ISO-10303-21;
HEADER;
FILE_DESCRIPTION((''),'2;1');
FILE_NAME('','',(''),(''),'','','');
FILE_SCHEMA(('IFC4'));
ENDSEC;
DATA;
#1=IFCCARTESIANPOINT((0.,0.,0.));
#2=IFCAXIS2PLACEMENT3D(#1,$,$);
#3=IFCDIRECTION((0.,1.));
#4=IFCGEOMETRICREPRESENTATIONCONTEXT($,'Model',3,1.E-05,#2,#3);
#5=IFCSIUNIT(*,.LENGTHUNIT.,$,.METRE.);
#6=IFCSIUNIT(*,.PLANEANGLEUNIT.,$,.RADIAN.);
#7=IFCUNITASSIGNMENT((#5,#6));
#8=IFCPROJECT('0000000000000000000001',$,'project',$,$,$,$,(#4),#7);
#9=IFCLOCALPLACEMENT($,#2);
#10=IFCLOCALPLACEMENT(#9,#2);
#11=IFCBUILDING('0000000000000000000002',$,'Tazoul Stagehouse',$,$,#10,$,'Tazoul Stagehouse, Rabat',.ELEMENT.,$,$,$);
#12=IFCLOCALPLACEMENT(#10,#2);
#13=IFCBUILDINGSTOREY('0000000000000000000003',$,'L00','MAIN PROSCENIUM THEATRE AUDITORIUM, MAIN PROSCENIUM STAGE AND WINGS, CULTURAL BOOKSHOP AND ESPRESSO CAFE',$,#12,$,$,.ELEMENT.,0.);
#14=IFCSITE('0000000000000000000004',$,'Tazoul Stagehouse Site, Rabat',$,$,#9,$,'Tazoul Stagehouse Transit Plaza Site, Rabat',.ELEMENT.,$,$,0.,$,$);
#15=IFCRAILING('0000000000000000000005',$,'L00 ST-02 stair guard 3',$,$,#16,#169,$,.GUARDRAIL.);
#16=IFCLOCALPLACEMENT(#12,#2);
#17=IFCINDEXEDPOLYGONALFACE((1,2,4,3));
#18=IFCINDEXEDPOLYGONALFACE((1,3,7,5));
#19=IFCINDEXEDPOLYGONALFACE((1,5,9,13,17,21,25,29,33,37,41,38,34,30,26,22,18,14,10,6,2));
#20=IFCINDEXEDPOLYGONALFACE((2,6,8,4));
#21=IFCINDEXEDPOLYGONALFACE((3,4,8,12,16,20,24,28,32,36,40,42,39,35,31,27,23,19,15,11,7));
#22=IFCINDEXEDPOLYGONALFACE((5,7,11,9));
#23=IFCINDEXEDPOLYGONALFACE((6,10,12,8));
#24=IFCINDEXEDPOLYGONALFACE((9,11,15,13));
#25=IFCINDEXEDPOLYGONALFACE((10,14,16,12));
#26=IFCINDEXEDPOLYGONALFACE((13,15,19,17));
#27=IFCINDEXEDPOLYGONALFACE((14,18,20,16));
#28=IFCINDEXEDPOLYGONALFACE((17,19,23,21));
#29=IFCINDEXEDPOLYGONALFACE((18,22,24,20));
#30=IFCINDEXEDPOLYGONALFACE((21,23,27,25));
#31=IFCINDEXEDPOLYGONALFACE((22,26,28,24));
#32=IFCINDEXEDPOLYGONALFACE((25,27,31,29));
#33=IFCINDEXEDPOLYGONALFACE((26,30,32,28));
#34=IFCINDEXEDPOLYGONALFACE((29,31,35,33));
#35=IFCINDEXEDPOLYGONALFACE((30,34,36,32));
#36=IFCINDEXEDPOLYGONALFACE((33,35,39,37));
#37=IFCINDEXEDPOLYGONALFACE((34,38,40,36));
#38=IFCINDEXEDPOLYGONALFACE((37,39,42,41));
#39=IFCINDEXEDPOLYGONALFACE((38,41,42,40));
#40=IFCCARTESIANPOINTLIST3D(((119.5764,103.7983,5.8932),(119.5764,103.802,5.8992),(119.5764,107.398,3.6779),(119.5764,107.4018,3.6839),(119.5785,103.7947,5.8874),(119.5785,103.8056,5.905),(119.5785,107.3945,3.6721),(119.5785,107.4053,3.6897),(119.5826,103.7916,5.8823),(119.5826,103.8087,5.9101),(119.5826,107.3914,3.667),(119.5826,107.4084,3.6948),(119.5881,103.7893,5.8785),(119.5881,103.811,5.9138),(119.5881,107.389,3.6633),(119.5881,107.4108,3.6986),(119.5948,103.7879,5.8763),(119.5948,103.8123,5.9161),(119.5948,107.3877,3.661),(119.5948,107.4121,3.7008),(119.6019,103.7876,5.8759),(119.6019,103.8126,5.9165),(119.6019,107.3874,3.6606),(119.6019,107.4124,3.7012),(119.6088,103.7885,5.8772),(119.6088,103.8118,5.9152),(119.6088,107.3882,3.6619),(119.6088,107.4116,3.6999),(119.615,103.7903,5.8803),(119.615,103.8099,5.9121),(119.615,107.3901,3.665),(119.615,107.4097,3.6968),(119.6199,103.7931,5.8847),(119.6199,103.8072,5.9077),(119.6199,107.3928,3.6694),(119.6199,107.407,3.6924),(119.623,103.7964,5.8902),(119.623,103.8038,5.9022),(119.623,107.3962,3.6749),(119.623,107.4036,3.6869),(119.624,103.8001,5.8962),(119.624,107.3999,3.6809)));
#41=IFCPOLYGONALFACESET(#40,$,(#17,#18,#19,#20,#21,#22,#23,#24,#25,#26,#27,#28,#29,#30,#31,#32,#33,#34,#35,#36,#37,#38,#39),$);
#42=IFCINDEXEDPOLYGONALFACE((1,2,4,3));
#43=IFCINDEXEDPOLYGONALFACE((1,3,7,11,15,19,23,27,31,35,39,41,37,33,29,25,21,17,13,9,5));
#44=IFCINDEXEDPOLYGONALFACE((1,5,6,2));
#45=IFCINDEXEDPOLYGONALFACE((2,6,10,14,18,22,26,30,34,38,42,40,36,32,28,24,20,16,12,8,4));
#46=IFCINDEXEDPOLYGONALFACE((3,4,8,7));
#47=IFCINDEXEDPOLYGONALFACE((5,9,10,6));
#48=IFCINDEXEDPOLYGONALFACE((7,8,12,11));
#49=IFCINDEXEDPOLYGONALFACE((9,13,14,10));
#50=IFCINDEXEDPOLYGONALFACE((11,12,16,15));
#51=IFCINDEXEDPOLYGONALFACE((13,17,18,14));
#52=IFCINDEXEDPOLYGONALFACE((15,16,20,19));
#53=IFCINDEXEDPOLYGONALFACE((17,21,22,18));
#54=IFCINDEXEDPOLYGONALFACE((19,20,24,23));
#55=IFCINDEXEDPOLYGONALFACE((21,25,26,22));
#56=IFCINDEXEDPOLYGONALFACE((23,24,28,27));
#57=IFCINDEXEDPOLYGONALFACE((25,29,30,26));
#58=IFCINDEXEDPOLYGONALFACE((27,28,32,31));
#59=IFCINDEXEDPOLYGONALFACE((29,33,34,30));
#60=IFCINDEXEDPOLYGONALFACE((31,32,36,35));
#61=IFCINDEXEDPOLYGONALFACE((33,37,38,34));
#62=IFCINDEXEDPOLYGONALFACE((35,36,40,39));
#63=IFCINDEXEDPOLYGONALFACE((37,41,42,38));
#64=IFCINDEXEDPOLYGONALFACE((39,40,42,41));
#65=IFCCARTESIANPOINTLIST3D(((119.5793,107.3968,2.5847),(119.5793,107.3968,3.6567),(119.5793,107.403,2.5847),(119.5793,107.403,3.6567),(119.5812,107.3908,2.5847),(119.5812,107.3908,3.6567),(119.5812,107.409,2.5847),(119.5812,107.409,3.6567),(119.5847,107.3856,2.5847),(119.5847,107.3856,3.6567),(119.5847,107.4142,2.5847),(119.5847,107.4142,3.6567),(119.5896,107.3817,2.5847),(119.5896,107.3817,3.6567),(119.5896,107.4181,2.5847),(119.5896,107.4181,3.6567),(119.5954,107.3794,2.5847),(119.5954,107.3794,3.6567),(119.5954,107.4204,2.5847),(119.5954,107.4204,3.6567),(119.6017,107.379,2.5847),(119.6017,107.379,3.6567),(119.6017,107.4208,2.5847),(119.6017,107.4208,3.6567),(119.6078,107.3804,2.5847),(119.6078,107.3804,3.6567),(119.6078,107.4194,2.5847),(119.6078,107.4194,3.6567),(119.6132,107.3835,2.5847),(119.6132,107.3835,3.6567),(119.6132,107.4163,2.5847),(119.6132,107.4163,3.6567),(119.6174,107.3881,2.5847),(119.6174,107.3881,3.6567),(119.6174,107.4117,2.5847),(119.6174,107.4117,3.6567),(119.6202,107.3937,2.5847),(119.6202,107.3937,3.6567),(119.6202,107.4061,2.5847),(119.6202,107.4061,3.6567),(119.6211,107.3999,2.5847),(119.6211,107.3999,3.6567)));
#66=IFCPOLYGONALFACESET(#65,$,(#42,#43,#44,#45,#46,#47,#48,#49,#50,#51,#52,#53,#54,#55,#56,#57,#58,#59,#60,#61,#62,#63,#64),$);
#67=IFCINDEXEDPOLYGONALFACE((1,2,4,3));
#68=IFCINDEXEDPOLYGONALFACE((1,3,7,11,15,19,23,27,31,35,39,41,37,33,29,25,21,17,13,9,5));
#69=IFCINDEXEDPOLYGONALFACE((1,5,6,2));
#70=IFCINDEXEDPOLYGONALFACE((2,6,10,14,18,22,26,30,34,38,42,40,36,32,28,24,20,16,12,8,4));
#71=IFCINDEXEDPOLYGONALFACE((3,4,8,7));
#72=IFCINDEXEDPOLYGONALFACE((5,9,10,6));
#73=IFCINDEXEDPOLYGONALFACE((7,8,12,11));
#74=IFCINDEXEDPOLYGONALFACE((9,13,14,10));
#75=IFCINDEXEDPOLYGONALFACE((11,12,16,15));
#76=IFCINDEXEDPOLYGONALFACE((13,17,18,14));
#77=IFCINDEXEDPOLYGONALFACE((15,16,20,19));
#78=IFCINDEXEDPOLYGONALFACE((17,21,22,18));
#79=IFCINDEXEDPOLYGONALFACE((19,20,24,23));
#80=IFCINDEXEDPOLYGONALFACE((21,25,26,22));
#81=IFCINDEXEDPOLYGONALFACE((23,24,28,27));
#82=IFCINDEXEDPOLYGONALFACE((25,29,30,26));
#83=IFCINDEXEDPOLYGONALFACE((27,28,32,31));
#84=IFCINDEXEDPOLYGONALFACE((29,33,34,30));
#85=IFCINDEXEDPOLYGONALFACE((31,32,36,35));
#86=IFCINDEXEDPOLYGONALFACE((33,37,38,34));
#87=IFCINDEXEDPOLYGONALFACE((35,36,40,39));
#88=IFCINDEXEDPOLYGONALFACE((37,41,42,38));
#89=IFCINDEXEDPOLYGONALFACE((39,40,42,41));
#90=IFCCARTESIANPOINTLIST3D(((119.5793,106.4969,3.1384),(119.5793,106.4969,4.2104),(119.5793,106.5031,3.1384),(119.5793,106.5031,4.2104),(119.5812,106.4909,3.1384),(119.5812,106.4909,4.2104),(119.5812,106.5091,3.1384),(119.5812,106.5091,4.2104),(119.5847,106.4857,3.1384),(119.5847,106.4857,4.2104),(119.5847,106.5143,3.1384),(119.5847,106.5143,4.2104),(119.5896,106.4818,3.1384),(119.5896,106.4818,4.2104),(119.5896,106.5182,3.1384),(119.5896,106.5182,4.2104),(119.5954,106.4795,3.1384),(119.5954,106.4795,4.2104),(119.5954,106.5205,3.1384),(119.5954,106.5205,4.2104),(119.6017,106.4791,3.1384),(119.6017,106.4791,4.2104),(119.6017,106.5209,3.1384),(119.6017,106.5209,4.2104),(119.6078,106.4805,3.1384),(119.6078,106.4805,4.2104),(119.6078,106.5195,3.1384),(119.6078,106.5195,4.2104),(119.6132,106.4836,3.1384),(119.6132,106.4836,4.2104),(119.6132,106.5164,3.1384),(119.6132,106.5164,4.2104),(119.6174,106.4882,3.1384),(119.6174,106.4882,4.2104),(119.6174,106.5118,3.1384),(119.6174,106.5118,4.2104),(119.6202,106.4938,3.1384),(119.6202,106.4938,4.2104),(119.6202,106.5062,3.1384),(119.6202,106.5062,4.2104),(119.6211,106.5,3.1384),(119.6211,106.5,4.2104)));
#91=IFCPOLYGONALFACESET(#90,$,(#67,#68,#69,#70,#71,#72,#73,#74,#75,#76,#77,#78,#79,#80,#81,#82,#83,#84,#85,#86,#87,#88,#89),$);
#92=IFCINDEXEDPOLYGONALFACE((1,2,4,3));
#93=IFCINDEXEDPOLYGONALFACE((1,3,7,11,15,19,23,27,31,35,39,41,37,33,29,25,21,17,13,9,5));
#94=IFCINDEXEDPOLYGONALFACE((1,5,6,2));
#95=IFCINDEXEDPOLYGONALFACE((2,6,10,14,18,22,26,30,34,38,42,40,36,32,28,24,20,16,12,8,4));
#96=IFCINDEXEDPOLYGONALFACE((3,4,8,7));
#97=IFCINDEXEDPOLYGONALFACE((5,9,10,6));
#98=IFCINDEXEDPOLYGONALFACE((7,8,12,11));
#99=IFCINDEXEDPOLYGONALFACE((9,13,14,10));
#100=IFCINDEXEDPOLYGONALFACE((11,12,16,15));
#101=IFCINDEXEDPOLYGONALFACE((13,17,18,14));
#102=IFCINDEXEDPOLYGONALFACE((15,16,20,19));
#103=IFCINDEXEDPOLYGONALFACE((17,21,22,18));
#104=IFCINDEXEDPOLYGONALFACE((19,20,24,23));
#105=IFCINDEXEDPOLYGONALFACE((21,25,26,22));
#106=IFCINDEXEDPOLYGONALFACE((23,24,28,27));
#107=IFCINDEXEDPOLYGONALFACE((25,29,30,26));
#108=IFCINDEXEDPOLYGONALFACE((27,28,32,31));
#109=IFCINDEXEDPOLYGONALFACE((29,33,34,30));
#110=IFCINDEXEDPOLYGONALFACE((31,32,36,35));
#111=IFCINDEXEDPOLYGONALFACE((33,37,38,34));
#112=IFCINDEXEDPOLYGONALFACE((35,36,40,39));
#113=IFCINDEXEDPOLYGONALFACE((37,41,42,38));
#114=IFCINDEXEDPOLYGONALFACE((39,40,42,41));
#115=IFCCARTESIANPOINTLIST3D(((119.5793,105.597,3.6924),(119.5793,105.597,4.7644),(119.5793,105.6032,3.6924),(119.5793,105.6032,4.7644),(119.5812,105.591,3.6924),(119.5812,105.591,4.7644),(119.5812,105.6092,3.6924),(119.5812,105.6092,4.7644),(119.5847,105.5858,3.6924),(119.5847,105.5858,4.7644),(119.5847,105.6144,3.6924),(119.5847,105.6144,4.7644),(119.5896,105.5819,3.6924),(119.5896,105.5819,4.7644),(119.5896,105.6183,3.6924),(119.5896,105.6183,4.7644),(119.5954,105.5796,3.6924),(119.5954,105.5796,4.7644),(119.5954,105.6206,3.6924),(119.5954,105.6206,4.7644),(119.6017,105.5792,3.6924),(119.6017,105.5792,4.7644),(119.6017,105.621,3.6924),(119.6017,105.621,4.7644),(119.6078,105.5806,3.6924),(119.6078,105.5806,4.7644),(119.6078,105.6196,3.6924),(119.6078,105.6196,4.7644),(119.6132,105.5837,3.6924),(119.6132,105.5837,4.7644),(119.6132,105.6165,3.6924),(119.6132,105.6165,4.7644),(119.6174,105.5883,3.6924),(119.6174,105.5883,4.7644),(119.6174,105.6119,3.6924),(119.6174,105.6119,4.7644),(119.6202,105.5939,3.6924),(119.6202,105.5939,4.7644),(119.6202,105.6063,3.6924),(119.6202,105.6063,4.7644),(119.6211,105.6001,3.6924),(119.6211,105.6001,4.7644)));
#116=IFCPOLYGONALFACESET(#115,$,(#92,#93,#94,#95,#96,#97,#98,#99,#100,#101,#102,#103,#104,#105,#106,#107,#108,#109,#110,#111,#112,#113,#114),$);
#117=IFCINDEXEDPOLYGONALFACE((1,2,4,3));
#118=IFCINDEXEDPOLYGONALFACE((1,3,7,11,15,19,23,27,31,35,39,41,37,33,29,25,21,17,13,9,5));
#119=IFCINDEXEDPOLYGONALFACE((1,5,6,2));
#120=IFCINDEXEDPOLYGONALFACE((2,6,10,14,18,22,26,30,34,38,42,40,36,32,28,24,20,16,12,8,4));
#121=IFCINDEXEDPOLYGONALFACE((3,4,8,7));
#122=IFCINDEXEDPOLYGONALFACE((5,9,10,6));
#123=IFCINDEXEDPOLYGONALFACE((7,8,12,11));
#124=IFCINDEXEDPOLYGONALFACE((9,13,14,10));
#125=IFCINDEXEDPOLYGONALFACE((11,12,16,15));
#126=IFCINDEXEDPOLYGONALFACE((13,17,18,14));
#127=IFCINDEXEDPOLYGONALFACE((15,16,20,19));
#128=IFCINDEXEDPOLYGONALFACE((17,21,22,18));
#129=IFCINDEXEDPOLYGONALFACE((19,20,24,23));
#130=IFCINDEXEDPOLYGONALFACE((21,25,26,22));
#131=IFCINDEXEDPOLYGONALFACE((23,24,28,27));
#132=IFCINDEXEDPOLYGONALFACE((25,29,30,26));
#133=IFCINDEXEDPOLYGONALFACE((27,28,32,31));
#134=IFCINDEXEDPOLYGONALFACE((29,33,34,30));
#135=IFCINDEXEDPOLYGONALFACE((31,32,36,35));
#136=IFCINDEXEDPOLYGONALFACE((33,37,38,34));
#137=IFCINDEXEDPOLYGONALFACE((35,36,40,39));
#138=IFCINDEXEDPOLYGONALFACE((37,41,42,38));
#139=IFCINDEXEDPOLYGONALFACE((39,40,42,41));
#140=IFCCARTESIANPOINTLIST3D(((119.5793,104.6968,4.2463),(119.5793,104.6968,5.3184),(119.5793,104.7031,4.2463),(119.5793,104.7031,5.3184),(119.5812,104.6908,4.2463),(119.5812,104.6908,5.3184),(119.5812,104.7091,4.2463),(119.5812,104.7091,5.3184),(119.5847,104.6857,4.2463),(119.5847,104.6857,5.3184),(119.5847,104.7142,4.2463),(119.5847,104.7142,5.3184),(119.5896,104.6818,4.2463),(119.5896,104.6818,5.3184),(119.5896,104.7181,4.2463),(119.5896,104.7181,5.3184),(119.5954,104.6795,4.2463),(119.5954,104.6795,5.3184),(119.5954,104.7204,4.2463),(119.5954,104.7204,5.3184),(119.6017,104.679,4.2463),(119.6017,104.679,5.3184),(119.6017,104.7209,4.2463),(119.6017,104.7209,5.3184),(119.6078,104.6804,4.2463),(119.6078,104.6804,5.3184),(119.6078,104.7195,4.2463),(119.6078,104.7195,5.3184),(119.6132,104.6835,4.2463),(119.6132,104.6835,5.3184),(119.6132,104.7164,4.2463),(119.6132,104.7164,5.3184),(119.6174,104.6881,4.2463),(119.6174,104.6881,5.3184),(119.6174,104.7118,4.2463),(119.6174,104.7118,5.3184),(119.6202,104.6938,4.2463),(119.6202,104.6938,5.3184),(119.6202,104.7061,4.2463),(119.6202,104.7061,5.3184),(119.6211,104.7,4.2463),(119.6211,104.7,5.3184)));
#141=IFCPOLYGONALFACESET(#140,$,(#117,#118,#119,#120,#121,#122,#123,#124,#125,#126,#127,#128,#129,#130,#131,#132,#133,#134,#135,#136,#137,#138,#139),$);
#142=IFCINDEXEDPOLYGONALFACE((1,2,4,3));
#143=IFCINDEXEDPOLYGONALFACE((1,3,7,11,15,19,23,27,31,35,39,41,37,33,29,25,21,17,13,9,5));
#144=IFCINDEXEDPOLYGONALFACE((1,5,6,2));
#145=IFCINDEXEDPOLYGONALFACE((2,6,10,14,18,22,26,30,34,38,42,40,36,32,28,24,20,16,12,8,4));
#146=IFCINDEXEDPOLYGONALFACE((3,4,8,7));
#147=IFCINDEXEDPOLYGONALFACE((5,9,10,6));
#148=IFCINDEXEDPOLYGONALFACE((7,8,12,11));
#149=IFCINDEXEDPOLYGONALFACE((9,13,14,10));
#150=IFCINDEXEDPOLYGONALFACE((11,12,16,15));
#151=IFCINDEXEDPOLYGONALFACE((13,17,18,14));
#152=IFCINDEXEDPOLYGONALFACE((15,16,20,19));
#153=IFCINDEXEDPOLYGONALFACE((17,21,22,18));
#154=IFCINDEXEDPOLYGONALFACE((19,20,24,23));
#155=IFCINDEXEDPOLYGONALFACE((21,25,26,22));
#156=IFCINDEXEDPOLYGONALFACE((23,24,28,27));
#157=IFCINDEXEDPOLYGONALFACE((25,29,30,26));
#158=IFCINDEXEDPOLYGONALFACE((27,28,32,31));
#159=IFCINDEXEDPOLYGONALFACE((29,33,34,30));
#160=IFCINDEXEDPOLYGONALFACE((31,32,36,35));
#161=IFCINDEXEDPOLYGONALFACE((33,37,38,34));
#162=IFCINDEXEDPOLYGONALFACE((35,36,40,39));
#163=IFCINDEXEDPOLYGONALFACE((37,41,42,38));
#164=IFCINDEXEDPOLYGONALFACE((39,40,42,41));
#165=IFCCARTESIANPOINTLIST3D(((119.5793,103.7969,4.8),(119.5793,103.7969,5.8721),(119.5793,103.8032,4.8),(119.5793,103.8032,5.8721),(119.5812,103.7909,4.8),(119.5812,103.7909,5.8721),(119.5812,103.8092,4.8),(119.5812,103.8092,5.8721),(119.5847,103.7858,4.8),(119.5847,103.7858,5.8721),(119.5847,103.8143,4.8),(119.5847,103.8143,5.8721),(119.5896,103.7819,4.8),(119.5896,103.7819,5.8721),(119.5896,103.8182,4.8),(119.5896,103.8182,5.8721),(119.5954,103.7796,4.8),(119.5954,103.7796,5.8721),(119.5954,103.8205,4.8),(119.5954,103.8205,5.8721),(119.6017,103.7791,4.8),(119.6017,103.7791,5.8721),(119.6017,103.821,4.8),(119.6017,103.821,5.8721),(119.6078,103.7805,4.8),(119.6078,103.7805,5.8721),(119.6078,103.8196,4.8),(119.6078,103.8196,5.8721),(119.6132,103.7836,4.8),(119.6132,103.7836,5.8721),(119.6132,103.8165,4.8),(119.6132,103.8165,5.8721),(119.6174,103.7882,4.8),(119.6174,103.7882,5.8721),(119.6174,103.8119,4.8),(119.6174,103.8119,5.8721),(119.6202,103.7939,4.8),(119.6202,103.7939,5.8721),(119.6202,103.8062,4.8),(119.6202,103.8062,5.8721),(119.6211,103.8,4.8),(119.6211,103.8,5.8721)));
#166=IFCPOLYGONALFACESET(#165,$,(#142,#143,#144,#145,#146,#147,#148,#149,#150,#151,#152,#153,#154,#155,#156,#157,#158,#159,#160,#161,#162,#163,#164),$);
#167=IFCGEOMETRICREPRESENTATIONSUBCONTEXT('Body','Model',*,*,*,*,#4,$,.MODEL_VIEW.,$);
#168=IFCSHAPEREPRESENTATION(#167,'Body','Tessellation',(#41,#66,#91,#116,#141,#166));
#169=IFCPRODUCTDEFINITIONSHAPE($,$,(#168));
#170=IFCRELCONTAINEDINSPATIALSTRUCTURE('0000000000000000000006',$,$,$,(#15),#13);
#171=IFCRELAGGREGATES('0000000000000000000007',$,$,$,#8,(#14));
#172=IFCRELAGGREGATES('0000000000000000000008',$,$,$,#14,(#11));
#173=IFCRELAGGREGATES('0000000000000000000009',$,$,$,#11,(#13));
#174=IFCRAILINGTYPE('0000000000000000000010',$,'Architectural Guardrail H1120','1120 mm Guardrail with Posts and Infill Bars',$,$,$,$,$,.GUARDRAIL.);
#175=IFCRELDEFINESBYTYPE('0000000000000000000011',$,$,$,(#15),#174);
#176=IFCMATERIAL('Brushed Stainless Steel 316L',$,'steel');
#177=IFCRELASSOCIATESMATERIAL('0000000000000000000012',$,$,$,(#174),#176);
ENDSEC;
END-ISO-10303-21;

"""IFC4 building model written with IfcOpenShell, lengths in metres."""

from ifc_helpers import new_model, si_unit, direction, frame, origin, origin_2d, place, context, subcontext, project, spatial, circle, extrude, material, material_profile, profile_set, type_object, element, save


model = new_model("IFC4")

# Units and contexts
model_context = context("Model", 3, precision=1e-05, world=origin(), true_north=direction((0.0, 1.0)))
body_context = subcontext(model_context, "Body", "Model", "MODEL_VIEW")
ifc_project = project(units=[si_unit("LENGTHUNIT", "METRE"), si_unit("PLANEANGLEUNIT", "RADIAN")], contexts=[model_context])

# Site, building, storey
site_placement = place(None, origin())
site = spatial("IfcSite", under=ifc_project, at=site_placement, Name="Tazoul Stagehouse Site, Rabat", LongName="Tazoul Stagehouse Transit Plaza Site, Rabat", CompositionType="ELEMENT", RefElevation=0.0)
building_placement = place(site_placement, origin())
building = spatial("IfcBuilding", under=site, at=building_placement, Name="Tazoul Stagehouse", LongName="Tazoul Stagehouse, Rabat", CompositionType="ELEMENT")
storey_placement = place(building_placement, origin())
storey = spatial("IfcBuildingStorey", under=building, at=storey_placement, Name="L00", Description="MAIN PROSCENIUM THEATRE AUDITORIUM, MAIN PROSCENIUM STAGE AND WINGS, CULTURAL BOOKSHOP AND ESPRESSO CAFE", CompositionType="ELEMENT", Elevation=0.0)

# Railing
ifc_material_1 = material(Name="Brushed Stainless Steel 316L", Category="steel")
ifc_material_profile_1 = material_profile(ifc_material_1, circle(Radius=0.0239, at=origin_2d()), Name="SS RAIL D48")
ifc_profile_set_1 = profile_set([ifc_material_profile_1], Name="Brushed Stainless Steel 316L")
railing_type_1 = type_object("IfcRailingType", Name="Architectural Guardrail H1120", Description="1120 mm Guardrail with Posts and Infill Bars", PredefinedType="GUARDRAIL", material=ifc_profile_set_1)
railing_1_placement = place(storey_placement, frame((119.6001, 107.3999, 2.5847)))
element("IfcRailing", 1, at=railing_1_placement, inside=storey, type_object=railing_type_1, Name="L00 ST-02 stair guard 3", PredefinedType="GUARDRAIL", context=body_context, shape_type="SweptSolid", body=[
    extrude(circle(Radius=0.0239, at=origin_2d()), frame((0.0, 0.0, 1.0962), z_axis=(0.0, -0.851654, 0.524104), x_axis=(1.0, 0.0, 0.0)), (0.0, 0.0, 1.0), 4.2268),
    extrude(circle(Radius=0.021, at=origin_2d()), origin(), (0.0, 0.0, 1.0), 1.072),
    extrude(circle(Radius=0.021, at=origin_2d()), frame((0.0, -0.8999, 0.5537)), (0.0, 0.0, 1.0), 1.072),
    extrude(circle(Radius=0.021, at=origin_2d()), frame((0.0, -1.7998, 1.1077)), (0.0, 0.0, 1.0), 1.072),
    extrude(circle(Radius=0.021, at=origin_2d()), frame((0.0, -2.7, 1.6616)), (0.0, 0.0, 1.0), 1.072),
    extrude(circle(Radius=0.021, at=origin_2d()), frame((0.0, -3.5999, 2.2153)), (0.0, 0.0, 1.0), 1.072),
])

save(model, "model.ifc")
